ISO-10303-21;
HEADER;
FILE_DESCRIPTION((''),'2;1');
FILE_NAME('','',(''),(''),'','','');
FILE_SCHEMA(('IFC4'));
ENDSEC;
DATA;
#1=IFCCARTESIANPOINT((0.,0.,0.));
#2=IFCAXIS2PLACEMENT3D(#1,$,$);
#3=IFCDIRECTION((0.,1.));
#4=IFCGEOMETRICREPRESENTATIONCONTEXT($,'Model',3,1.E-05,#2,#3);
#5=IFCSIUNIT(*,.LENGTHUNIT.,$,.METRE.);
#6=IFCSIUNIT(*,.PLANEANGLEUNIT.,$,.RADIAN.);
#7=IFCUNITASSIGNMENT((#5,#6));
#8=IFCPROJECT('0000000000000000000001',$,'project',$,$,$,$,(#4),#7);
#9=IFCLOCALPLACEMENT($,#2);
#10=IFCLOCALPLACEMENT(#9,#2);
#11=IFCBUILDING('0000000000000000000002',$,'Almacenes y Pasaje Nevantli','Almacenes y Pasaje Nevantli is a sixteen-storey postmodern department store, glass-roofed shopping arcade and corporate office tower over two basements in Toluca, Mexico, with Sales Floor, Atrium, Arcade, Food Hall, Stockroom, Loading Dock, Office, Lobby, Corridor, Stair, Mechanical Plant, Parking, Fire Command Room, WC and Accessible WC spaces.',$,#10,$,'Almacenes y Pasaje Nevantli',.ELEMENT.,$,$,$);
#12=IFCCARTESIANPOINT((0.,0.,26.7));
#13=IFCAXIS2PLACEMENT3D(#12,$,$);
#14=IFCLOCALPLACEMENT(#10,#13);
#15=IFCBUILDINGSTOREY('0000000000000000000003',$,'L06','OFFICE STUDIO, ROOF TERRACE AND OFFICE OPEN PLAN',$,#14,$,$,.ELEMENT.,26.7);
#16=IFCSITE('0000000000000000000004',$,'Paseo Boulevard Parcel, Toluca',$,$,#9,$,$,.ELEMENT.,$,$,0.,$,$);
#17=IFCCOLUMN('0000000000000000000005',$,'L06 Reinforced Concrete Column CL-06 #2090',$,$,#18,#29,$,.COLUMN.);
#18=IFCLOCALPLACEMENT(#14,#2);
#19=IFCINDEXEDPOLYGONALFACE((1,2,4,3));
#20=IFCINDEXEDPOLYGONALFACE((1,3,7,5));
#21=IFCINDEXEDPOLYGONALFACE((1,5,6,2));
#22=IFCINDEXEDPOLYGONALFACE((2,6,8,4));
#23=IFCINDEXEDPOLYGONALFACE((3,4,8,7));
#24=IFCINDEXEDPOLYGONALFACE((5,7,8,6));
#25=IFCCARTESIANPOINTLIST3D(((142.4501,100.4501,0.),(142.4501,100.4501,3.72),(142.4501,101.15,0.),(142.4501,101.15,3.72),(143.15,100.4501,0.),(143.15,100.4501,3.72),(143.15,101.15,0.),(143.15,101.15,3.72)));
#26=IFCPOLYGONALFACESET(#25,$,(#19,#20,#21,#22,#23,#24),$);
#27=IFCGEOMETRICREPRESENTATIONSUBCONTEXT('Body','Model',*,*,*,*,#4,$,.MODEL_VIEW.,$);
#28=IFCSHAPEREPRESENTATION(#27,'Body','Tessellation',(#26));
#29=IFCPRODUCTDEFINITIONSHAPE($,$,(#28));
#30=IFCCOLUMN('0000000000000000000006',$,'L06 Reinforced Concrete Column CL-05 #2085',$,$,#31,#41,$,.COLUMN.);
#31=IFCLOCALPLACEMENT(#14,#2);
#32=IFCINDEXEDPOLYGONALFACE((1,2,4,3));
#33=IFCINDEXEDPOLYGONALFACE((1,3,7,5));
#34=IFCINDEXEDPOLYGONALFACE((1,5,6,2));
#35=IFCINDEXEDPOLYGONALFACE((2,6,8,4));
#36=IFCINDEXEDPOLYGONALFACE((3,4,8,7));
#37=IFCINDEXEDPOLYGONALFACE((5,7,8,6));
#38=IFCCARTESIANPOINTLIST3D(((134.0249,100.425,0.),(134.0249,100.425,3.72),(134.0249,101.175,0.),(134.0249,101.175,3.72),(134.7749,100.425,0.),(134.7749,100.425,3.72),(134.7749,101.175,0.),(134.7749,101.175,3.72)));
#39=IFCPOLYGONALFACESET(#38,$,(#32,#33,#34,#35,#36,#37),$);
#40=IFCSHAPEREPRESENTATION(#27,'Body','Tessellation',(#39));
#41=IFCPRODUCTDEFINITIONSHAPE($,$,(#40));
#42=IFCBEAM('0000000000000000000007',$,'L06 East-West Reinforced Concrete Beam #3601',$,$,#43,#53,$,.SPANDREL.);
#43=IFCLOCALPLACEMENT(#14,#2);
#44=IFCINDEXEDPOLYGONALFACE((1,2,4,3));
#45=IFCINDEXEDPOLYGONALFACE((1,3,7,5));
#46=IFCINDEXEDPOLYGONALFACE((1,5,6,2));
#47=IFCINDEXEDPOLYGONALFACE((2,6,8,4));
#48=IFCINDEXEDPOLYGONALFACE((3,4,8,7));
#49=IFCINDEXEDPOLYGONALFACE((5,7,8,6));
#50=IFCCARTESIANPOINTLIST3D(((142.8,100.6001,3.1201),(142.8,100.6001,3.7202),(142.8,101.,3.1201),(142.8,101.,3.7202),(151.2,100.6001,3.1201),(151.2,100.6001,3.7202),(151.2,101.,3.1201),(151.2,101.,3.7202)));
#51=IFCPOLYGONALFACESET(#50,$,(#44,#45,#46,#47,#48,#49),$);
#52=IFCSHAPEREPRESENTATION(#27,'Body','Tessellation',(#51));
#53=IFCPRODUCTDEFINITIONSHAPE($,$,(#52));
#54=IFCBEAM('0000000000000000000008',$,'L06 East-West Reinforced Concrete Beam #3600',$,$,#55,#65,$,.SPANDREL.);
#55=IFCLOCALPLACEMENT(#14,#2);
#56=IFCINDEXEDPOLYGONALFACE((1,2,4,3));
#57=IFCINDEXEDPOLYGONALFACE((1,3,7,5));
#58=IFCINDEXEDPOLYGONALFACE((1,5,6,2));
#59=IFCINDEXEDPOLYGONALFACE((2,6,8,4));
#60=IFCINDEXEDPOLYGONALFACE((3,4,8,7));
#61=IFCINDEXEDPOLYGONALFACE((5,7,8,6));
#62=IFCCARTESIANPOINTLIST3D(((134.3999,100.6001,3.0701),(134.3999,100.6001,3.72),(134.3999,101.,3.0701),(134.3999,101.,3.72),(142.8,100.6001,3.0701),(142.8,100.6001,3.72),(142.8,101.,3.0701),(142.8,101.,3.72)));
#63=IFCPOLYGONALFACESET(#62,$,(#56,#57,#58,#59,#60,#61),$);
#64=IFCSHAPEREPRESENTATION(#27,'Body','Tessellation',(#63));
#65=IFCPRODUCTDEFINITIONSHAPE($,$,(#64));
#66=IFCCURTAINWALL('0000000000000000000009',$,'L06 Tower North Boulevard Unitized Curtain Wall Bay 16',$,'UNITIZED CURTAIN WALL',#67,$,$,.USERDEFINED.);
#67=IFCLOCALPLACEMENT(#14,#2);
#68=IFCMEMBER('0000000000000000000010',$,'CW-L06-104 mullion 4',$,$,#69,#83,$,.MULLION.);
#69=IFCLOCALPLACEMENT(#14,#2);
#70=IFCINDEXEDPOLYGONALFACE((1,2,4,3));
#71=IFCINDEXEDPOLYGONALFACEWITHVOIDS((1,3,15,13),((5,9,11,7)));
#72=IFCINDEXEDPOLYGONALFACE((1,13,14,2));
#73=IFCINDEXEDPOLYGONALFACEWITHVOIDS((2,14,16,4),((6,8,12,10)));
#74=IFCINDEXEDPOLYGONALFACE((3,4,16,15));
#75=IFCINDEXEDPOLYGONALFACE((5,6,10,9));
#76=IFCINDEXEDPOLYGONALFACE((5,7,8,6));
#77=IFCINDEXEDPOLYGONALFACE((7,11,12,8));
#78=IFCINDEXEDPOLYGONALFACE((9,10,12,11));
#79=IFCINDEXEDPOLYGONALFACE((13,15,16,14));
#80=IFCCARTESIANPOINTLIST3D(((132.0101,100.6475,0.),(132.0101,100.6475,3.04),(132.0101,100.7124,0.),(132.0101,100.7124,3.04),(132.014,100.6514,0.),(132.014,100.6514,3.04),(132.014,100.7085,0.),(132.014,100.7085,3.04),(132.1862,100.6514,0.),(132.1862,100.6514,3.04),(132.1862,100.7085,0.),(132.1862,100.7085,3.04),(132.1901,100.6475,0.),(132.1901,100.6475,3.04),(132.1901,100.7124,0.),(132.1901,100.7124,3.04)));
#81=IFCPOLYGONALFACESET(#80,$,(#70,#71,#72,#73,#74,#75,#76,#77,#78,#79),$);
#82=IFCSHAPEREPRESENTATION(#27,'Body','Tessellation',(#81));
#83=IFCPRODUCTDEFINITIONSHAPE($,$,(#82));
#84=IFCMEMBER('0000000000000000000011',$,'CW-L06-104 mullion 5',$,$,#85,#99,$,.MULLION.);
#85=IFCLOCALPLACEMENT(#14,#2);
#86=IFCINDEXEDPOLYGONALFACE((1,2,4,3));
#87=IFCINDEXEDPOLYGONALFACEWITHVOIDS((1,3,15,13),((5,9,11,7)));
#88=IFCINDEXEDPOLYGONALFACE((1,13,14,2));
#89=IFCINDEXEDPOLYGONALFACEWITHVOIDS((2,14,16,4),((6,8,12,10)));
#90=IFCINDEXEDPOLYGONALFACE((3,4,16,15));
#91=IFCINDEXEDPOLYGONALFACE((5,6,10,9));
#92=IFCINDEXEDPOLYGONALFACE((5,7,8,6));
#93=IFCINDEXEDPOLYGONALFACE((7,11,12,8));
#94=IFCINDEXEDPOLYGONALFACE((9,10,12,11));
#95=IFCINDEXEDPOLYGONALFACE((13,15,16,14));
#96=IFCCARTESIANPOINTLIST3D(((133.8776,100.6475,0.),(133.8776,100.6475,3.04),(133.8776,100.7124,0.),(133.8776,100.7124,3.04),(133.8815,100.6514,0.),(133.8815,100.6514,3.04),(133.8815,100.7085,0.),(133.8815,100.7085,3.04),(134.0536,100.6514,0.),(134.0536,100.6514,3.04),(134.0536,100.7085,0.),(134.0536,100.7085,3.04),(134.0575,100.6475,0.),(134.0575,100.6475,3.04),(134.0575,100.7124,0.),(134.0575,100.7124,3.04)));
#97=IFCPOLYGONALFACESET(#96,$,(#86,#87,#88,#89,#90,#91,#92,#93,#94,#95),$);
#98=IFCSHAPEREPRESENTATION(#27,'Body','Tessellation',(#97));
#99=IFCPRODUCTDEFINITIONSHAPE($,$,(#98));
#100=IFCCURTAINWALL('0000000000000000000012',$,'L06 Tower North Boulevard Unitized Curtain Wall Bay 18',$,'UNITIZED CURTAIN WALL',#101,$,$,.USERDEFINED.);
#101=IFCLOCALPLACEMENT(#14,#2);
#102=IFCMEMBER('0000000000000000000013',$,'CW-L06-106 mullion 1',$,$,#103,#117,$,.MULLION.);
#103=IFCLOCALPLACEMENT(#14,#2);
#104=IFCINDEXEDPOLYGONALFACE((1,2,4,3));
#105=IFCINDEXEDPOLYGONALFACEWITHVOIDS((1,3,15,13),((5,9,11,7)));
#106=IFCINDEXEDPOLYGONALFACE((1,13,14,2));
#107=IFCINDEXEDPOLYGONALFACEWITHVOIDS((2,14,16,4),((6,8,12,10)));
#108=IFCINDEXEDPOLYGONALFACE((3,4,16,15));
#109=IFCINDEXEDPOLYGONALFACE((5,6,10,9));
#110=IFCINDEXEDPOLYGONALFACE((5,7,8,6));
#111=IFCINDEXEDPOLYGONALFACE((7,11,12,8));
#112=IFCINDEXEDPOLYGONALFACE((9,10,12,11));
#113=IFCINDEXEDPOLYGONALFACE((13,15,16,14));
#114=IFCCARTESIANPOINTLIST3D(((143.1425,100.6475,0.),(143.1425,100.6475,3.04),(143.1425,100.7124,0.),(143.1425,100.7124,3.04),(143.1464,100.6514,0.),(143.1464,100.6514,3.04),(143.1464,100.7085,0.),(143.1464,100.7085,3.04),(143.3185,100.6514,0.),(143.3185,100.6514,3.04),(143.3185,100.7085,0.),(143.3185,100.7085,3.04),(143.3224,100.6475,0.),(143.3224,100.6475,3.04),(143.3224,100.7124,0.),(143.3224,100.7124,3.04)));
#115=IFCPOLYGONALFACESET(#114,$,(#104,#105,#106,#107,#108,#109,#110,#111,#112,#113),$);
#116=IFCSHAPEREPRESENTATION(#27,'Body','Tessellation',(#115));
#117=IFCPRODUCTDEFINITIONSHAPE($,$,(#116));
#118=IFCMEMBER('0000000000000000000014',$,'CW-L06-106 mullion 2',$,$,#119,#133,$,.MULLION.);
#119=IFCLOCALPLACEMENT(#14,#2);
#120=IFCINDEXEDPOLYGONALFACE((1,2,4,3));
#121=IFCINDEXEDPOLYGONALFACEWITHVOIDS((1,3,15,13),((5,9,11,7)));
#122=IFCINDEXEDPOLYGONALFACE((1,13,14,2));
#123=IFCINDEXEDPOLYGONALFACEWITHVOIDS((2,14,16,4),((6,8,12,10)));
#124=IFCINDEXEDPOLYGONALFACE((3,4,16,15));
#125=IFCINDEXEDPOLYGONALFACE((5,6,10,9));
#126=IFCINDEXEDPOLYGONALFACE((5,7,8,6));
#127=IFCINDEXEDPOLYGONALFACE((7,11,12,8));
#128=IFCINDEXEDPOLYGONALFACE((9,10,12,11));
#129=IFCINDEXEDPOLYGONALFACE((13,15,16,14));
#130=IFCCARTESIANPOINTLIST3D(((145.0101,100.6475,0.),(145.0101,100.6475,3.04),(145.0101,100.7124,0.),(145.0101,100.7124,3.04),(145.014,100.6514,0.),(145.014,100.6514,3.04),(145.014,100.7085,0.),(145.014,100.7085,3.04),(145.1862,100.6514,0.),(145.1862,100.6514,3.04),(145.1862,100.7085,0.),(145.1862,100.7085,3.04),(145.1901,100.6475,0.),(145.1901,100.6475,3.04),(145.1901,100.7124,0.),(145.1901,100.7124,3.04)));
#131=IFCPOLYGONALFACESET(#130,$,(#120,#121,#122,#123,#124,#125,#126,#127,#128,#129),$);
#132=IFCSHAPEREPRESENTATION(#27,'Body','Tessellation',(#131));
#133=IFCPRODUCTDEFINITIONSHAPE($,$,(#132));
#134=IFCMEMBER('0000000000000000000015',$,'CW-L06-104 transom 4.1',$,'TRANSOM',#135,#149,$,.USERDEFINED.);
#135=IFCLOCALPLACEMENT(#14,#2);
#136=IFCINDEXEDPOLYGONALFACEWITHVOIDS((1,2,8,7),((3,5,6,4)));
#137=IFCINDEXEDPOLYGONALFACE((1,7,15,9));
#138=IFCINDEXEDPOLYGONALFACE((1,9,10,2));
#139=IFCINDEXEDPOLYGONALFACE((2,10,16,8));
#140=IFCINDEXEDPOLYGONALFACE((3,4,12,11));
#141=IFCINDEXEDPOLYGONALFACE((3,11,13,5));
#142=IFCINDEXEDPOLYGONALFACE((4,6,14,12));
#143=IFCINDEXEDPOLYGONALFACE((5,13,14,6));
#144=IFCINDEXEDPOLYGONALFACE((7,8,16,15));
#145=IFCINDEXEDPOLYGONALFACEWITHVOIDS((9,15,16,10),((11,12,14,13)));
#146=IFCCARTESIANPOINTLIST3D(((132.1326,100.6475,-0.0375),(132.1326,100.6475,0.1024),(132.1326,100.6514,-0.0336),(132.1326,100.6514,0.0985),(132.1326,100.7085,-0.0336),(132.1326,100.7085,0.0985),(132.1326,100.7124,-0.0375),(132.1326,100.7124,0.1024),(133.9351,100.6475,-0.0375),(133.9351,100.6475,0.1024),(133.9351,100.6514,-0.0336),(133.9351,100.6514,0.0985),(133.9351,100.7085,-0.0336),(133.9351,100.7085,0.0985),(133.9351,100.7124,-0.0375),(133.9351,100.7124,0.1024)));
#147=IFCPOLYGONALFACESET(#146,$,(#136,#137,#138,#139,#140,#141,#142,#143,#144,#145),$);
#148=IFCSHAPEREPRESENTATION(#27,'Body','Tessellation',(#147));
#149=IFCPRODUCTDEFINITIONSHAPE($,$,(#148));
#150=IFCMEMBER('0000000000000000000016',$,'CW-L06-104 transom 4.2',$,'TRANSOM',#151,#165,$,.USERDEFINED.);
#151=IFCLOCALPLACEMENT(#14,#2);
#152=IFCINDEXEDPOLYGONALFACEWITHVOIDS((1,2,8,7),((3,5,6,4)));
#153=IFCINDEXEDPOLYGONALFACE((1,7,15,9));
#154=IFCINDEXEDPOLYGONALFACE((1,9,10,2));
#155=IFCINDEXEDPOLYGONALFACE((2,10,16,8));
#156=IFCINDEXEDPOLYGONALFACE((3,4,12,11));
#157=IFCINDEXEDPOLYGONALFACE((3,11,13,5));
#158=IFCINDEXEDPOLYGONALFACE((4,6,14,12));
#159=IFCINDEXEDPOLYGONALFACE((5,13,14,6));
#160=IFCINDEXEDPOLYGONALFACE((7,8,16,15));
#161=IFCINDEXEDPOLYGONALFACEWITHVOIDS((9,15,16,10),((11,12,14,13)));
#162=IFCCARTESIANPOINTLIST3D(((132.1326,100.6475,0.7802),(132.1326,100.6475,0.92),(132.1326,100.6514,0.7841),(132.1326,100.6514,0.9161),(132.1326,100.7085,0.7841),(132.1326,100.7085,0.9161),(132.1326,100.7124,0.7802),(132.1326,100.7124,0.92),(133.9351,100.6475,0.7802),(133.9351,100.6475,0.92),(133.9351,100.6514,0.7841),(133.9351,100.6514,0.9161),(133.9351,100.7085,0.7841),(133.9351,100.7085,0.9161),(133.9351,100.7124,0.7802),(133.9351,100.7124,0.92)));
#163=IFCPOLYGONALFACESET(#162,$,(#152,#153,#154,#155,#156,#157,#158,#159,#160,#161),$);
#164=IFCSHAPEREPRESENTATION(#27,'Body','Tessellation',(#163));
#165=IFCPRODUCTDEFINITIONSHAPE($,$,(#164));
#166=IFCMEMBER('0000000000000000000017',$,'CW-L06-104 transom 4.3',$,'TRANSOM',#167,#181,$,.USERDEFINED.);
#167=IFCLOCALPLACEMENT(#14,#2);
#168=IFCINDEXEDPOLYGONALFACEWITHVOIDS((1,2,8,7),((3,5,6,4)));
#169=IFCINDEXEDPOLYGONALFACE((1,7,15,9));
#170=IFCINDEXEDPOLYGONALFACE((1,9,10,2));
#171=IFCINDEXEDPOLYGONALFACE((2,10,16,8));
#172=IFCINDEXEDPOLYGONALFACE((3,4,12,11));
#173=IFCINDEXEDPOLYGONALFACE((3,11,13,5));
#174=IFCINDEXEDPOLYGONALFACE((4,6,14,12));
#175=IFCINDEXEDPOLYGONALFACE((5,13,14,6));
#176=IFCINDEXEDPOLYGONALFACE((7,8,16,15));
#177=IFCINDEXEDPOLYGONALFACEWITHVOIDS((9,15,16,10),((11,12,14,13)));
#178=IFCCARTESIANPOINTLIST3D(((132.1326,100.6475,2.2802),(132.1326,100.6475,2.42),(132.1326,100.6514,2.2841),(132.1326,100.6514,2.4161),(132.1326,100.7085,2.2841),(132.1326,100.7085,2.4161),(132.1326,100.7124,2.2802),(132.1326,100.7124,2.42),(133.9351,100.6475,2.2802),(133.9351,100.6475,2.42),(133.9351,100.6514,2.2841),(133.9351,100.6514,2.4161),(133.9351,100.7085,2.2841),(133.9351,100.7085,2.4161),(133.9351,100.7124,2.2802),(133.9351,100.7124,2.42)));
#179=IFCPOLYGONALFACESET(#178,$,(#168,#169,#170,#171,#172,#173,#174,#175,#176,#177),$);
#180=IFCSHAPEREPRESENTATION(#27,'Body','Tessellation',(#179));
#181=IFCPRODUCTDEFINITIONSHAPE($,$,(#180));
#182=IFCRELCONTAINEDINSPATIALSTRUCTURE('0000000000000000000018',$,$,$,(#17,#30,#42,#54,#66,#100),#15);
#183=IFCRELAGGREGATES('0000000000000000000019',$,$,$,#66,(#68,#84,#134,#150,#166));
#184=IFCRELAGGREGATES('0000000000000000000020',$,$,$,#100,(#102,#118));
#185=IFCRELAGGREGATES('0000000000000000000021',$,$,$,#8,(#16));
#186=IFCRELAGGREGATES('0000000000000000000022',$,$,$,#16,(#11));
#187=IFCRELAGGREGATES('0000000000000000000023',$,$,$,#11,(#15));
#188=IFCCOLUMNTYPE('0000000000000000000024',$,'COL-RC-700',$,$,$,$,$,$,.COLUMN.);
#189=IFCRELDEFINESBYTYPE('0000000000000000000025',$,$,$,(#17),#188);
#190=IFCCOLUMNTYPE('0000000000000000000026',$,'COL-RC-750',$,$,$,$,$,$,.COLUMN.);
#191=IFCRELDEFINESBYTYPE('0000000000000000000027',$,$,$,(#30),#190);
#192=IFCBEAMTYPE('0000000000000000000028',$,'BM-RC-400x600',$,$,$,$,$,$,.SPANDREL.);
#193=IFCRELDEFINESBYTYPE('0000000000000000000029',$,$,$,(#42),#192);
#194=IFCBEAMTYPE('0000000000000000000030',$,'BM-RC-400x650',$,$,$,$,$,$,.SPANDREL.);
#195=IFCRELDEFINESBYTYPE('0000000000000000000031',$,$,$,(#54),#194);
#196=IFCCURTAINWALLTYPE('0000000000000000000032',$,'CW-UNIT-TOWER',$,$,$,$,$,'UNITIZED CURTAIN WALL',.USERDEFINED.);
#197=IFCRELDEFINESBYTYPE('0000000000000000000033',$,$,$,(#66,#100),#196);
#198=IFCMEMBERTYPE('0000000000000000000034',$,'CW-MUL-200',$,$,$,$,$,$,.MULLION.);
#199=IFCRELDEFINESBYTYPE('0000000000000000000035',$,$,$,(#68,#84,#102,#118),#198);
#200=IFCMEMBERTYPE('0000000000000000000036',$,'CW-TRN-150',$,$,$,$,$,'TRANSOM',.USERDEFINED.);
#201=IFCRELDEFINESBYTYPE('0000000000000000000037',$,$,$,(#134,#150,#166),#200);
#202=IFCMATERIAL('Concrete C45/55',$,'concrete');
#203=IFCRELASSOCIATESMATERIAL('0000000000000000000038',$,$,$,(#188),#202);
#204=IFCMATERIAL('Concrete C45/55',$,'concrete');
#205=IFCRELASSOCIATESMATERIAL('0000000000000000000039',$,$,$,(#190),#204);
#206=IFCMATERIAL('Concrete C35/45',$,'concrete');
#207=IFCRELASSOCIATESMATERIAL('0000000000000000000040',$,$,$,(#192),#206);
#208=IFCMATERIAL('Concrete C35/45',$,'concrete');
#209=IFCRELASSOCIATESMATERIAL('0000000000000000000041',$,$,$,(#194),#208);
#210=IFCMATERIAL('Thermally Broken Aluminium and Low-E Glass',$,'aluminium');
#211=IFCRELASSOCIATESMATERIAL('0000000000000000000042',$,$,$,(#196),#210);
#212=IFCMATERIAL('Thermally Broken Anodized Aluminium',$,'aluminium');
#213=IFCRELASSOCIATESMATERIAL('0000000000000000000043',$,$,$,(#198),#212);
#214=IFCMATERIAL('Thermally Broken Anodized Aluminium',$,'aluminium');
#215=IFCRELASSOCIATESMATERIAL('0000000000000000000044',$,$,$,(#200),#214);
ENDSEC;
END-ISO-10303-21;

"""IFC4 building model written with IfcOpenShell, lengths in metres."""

from ifc_helpers import new_model, si_unit, direction, frame, origin, origin_2d, place, context, subcontext, project, spatial, rectangle, hollow_rectangle, extrude, material, material_profile, profile_set, type_object, element, aggregate, save


model = new_model("IFC4")

# Units and contexts
model_context = context("Model", 3, precision=1e-05, world=origin(), true_north=direction((0.0, 1.0)))
body_context = subcontext(model_context, "Body", "Model", "MODEL_VIEW")
ifc_project = project(units=[si_unit("LENGTHUNIT", "METRE"), si_unit("PLANEANGLEUNIT", "RADIAN")], contexts=[model_context])

# Site, building, storey
site_placement = place(None, origin())
site = spatial("IfcSite", under=ifc_project, at=site_placement, Name="Paseo Boulevard Parcel, Toluca", CompositionType="ELEMENT", RefElevation=0.0)
building_placement = place(site_placement, origin())
building = spatial("IfcBuilding", under=site, at=building_placement, Name="Almacenes y Pasaje Nevantli", Description="Almacenes y Pasaje Nevantli is a sixteen-storey postmodern department store, glass-roofed shopping arcade and corporate office tower over two basements in Toluca, Mexico, with Sales Floor, Atrium, Arcade, Food Hall, Stockroom, Loading Dock, Office, Lobby, Corridor, Stair, Mechanical Plant, Parking, Fire Command Room, WC and Accessible WC spaces.", LongName="Almacenes y Pasaje Nevantli", CompositionType="ELEMENT")
storey_placement = place(building_placement, frame((0.0, 0.0, 26.7)))
storey = spatial("IfcBuildingStorey", under=building, at=storey_placement, Name="L06", Description="OFFICE STUDIO, ROOF TERRACE AND OFFICE OPEN PLAN", CompositionType="ELEMENT", Elevation=26.7)

# Columns
ifc_material_1 = material(Name="Concrete C45/55", Category="concrete")
ifc_material_profile_1 = material_profile(ifc_material_1, rectangle(XDim=0.7, YDim=0.7, at=origin_2d()), Name="RC-COL-700x700")
ifc_profile_set_1 = profile_set([ifc_material_profile_1], Name="Concrete C45/55")
column_type_1 = type_object("IfcColumnType", Name="COL-RC-700", PredefinedType="COLUMN", material=ifc_profile_set_1)
column_1_placement = place(storey_placement, frame((142.8, 100.8, 0.0), z_axis=(0.0, 0.0, 1.0), x_axis=(1.0, 0.0, 0.0)))
element("IfcColumn", 1, at=column_1_placement, inside=storey, type_object=column_type_1, Name="L06 Reinforced Concrete Column CL-06 #2090", PredefinedType="COLUMN", context=body_context, shape_type="SweptSolid", body=[
    extrude(rectangle(XDim=0.7, YDim=0.7, at=origin_2d()), origin(), (0.0, 0.0, 1.0), 3.72),
])
ifc_material_2 = material(Name="Concrete C45/55", Category="concrete")
ifc_material_profile_2 = material_profile(ifc_material_2, rectangle(XDim=0.75, YDim=0.75, at=origin_2d()), Name="RC-COL-750x750")
ifc_profile_set_2 = profile_set([ifc_material_profile_2], Name="Concrete C45/55")
column_type_2 = type_object("IfcColumnType", Name="COL-RC-750", PredefinedType="COLUMN", material=ifc_profile_set_2)
column_2_placement = place(storey_placement, frame((134.3999, 100.8, 0.0), z_axis=(0.0, 0.0, 1.0), x_axis=(1.0, 0.0, 0.0)))
element("IfcColumn", 2, at=column_2_placement, inside=storey, type_object=column_type_2, Name="L06 Reinforced Concrete Column CL-05 #2085", PredefinedType="COLUMN", context=body_context, shape_type="SweptSolid", body=[
    extrude(rectangle(XDim=0.75, YDim=0.75, at=origin_2d()), origin(), (0.0, 0.0, 1.0), 3.72),
])

# Beams
ifc_material_3 = material(Name="Concrete C35/45", Category="concrete")
ifc_material_profile_3 = material_profile(ifc_material_3, rectangle(XDim=0.3999, YDim=0.6001, at=origin_2d()), Name="RC-BM-400x600")
ifc_profile_set_3 = profile_set([ifc_material_profile_3], Name="Concrete C35/45")
beam_type_1 = type_object("IfcBeamType", Name="BM-RC-400x600", PredefinedType="SPANDREL", material=ifc_profile_set_3)
beam_1_placement = place(storey_placement, frame((142.8, 100.8, 3.4202), z_axis=(1.0, 0.0, 0.0), x_axis=(0.0, 1.0, 0.0)))
element("IfcBeam", 3, at=beam_1_placement, inside=storey, type_object=beam_type_1, Name="L06 East-West Reinforced Concrete Beam #3601", PredefinedType="SPANDREL", context=body_context, shape_type="SweptSolid", body=[
    extrude(rectangle(XDim=0.3999, YDim=0.6001, at=origin_2d()), origin(), (0.0, 0.0, 1.0), 8.3999),
])
ifc_material_4 = material(Name="Concrete C35/45", Category="concrete")
ifc_material_profile_4 = material_profile(ifc_material_4, rectangle(XDim=0.3999, YDim=0.6499, at=origin_2d()), Name="RC-BM-400x650")
ifc_profile_set_4 = profile_set([ifc_material_profile_4], Name="Concrete C35/45")
beam_type_2 = type_object("IfcBeamType", Name="BM-RC-400x650", PredefinedType="SPANDREL", material=ifc_profile_set_4)
beam_2_placement = place(storey_placement, frame((134.3999, 100.8, 3.395), z_axis=(1.0, 0.0, 0.0), x_axis=(0.0, 1.0, 0.0)))
element("IfcBeam", 4, at=beam_2_placement, inside=storey, type_object=beam_type_2, Name="L06 East-West Reinforced Concrete Beam #3600", PredefinedType="SPANDREL", context=body_context, shape_type="SweptSolid", body=[
    extrude(rectangle(XDim=0.3999, YDim=0.6499, at=origin_2d()), origin(), (0.0, 0.0, 1.0), 8.4001),
])

# Curtain walls, members
ifc_material_5 = material(Name="Thermally Broken Aluminium and Low-E Glass", Category="aluminium")
curtain_wall_type = type_object("IfcCurtainWallType", Name="CW-UNIT-TOWER", ElementType="UNITIZED CURTAIN WALL", PredefinedType="USERDEFINED", material=ifc_material_5)
curtain_wall_1_placement = place(storey_placement, origin())
curtain_wall_1 = element("IfcCurtainWall", 5, at=curtain_wall_1_placement, inside=storey, type_object=curtain_wall_type, Name="L06 Tower North Boulevard Unitized Curtain Wall Bay 16", ObjectType="UNITIZED CURTAIN WALL", PredefinedType="USERDEFINED")
ifc_material_6 = material(Name="Thermally Broken Anodized Aluminium", Category="aluminium")
ifc_material_profile_5 = material_profile(ifc_material_6, hollow_rectangle(XDim=0.0649, YDim=0.1799, WallThickness=0.0039, at=origin_2d()), Name="ALU-MUL-65x180")
ifc_profile_set_5 = profile_set([ifc_material_profile_5], Name="Thermally Broken Anodized Aluminium")
member_type_1 = type_object("IfcMemberType", Name="CW-MUL-200", PredefinedType="MULLION", material=ifc_profile_set_5)
member_1_placement = place(storey_placement, frame((132.1001, 100.6799, 0.0), z_axis=(0.0, 0.0, 1.0), x_axis=(0.0, 1.0, 0.0)))
member_1 = element("IfcMember", 6, at=member_1_placement, type_object=member_type_1, Name="CW-L06-104 mullion 4", PredefinedType="MULLION", context=body_context, shape_type="SweptSolid", body=[
    extrude(hollow_rectangle(XDim=0.0649, YDim=0.1799, WallThickness=0.0039, at=origin_2d()), origin(), (0.0, 0.0, 1.0), 3.04),
])
member_2_placement = place(storey_placement, frame((133.9675, 100.6799, 0.0), z_axis=(0.0, 0.0, 1.0), x_axis=(0.0, 1.0, 0.0)))
member_2 = element("IfcMember", 7, at=member_2_placement, type_object=member_type_1, Name="CW-L06-104 mullion 5", PredefinedType="MULLION", context=body_context, shape_type="SweptSolid", body=[
    extrude(hollow_rectangle(XDim=0.0649, YDim=0.1799, WallThickness=0.0039, at=origin_2d()), origin(), (0.0, 0.0, 1.0), 3.04),
])
curtain_wall_2_placement = place(storey_placement, origin())
curtain_wall_2 = element("IfcCurtainWall", 8, at=curtain_wall_2_placement, inside=storey, type_object=curtain_wall_type, Name="L06 Tower North Boulevard Unitized Curtain Wall Bay 18", ObjectType="UNITIZED CURTAIN WALL", PredefinedType="USERDEFINED")
member_3_placement = place(storey_placement, frame((143.2324, 100.6799, 0.0), z_axis=(0.0, 0.0, 1.0), x_axis=(0.0, 1.0, 0.0)))
member_3 = element("IfcMember", 9, at=member_3_placement, type_object=member_type_1, Name="CW-L06-106 mullion 1", PredefinedType="MULLION", context=body_context, shape_type="SweptSolid", body=[
    extrude(hollow_rectangle(XDim=0.0649, YDim=0.1799, WallThickness=0.0039, at=origin_2d()), origin(), (0.0, 0.0, 1.0), 3.04),
])
member_4_placement = place(storey_placement, frame((145.1001, 100.6799, 0.0), z_axis=(0.0, 0.0, 1.0), x_axis=(0.0, 1.0, 0.0)))
member_4 = element("IfcMember", 10, at=member_4_placement, type_object=member_type_1, Name="CW-L06-106 mullion 2", PredefinedType="MULLION", context=body_context, shape_type="SweptSolid", body=[
    extrude(hollow_rectangle(XDim=0.0649, YDim=0.1799, WallThickness=0.0039, at=origin_2d()), origin(), (0.0, 0.0, 1.0), 3.04),
])

# Members
ifc_material_7 = material(Name="Thermally Broken Anodized Aluminium", Category="aluminium")
ifc_material_profile_6 = material_profile(ifc_material_7, hollow_rectangle(XDim=0.0649, YDim=0.1399, WallThickness=0.0039, at=origin_2d()), Name="ALU-TRN-65x140")
ifc_profile_set_6 = profile_set([ifc_material_profile_6], Name="Thermally Broken Anodized Aluminium")
member_type_2 = type_object("IfcMemberType", Name="CW-TRN-150", ElementType="TRANSOM", PredefinedType="USERDEFINED", material=ifc_profile_set_6)
member_5_placement = place(storey_placement, frame((132.1326, 100.6799, 0.0325), z_axis=(1.0, 0.0, 0.0), x_axis=(0.0, 1.0, 0.0)))
member_5 = element("IfcMember", 11, at=member_5_placement, type_object=member_type_2, Name="CW-L06-104 transom 4.1", ObjectType="TRANSOM", PredefinedType="USERDEFINED", context=body_context, shape_type="SweptSolid", body=[
    extrude(hollow_rectangle(XDim=0.0649, YDim=0.1399, WallThickness=0.0039, at=origin_2d()), origin(), (0.0, 0.0, 1.0), 1.8025),
])
member_6_placement = place(storey_placement, frame((132.1326, 100.6799, 0.8501), z_axis=(1.0, 0.0, 0.0), x_axis=(0.0, 1.0, 0.0)))
member_6 = element("IfcMember", 12, at=member_6_placement, type_object=member_type_2, Name="CW-L06-104 transom 4.2", ObjectType="TRANSOM", PredefinedType="USERDEFINED", context=body_context, shape_type="SweptSolid", body=[
    extrude(hollow_rectangle(XDim=0.0649, YDim=0.1399, WallThickness=0.0039, at=origin_2d()), origin(), (0.0, 0.0, 1.0), 1.8025),
])
member_7_placement = place(storey_placement, frame((132.1326, 100.6799, 2.3501), z_axis=(1.0, 0.0, 0.0), x_axis=(0.0, 1.0, 0.0)))
member_7 = element("IfcMember", 13, at=member_7_placement, type_object=member_type_2, Name="CW-L06-104 transom 4.3", ObjectType="TRANSOM", PredefinedType="USERDEFINED", context=body_context, shape_type="SweptSolid", body=[
    extrude(hollow_rectangle(XDim=0.0649, YDim=0.1399, WallThickness=0.0039, at=origin_2d()), origin(), (0.0, 0.0, 1.0), 1.8025),
])

aggregate(curtain_wall_1, [member_1, member_2, member_5, member_6, member_7])
aggregate(curtain_wall_2, [member_3, member_4])

save(model, "model.ifc")
